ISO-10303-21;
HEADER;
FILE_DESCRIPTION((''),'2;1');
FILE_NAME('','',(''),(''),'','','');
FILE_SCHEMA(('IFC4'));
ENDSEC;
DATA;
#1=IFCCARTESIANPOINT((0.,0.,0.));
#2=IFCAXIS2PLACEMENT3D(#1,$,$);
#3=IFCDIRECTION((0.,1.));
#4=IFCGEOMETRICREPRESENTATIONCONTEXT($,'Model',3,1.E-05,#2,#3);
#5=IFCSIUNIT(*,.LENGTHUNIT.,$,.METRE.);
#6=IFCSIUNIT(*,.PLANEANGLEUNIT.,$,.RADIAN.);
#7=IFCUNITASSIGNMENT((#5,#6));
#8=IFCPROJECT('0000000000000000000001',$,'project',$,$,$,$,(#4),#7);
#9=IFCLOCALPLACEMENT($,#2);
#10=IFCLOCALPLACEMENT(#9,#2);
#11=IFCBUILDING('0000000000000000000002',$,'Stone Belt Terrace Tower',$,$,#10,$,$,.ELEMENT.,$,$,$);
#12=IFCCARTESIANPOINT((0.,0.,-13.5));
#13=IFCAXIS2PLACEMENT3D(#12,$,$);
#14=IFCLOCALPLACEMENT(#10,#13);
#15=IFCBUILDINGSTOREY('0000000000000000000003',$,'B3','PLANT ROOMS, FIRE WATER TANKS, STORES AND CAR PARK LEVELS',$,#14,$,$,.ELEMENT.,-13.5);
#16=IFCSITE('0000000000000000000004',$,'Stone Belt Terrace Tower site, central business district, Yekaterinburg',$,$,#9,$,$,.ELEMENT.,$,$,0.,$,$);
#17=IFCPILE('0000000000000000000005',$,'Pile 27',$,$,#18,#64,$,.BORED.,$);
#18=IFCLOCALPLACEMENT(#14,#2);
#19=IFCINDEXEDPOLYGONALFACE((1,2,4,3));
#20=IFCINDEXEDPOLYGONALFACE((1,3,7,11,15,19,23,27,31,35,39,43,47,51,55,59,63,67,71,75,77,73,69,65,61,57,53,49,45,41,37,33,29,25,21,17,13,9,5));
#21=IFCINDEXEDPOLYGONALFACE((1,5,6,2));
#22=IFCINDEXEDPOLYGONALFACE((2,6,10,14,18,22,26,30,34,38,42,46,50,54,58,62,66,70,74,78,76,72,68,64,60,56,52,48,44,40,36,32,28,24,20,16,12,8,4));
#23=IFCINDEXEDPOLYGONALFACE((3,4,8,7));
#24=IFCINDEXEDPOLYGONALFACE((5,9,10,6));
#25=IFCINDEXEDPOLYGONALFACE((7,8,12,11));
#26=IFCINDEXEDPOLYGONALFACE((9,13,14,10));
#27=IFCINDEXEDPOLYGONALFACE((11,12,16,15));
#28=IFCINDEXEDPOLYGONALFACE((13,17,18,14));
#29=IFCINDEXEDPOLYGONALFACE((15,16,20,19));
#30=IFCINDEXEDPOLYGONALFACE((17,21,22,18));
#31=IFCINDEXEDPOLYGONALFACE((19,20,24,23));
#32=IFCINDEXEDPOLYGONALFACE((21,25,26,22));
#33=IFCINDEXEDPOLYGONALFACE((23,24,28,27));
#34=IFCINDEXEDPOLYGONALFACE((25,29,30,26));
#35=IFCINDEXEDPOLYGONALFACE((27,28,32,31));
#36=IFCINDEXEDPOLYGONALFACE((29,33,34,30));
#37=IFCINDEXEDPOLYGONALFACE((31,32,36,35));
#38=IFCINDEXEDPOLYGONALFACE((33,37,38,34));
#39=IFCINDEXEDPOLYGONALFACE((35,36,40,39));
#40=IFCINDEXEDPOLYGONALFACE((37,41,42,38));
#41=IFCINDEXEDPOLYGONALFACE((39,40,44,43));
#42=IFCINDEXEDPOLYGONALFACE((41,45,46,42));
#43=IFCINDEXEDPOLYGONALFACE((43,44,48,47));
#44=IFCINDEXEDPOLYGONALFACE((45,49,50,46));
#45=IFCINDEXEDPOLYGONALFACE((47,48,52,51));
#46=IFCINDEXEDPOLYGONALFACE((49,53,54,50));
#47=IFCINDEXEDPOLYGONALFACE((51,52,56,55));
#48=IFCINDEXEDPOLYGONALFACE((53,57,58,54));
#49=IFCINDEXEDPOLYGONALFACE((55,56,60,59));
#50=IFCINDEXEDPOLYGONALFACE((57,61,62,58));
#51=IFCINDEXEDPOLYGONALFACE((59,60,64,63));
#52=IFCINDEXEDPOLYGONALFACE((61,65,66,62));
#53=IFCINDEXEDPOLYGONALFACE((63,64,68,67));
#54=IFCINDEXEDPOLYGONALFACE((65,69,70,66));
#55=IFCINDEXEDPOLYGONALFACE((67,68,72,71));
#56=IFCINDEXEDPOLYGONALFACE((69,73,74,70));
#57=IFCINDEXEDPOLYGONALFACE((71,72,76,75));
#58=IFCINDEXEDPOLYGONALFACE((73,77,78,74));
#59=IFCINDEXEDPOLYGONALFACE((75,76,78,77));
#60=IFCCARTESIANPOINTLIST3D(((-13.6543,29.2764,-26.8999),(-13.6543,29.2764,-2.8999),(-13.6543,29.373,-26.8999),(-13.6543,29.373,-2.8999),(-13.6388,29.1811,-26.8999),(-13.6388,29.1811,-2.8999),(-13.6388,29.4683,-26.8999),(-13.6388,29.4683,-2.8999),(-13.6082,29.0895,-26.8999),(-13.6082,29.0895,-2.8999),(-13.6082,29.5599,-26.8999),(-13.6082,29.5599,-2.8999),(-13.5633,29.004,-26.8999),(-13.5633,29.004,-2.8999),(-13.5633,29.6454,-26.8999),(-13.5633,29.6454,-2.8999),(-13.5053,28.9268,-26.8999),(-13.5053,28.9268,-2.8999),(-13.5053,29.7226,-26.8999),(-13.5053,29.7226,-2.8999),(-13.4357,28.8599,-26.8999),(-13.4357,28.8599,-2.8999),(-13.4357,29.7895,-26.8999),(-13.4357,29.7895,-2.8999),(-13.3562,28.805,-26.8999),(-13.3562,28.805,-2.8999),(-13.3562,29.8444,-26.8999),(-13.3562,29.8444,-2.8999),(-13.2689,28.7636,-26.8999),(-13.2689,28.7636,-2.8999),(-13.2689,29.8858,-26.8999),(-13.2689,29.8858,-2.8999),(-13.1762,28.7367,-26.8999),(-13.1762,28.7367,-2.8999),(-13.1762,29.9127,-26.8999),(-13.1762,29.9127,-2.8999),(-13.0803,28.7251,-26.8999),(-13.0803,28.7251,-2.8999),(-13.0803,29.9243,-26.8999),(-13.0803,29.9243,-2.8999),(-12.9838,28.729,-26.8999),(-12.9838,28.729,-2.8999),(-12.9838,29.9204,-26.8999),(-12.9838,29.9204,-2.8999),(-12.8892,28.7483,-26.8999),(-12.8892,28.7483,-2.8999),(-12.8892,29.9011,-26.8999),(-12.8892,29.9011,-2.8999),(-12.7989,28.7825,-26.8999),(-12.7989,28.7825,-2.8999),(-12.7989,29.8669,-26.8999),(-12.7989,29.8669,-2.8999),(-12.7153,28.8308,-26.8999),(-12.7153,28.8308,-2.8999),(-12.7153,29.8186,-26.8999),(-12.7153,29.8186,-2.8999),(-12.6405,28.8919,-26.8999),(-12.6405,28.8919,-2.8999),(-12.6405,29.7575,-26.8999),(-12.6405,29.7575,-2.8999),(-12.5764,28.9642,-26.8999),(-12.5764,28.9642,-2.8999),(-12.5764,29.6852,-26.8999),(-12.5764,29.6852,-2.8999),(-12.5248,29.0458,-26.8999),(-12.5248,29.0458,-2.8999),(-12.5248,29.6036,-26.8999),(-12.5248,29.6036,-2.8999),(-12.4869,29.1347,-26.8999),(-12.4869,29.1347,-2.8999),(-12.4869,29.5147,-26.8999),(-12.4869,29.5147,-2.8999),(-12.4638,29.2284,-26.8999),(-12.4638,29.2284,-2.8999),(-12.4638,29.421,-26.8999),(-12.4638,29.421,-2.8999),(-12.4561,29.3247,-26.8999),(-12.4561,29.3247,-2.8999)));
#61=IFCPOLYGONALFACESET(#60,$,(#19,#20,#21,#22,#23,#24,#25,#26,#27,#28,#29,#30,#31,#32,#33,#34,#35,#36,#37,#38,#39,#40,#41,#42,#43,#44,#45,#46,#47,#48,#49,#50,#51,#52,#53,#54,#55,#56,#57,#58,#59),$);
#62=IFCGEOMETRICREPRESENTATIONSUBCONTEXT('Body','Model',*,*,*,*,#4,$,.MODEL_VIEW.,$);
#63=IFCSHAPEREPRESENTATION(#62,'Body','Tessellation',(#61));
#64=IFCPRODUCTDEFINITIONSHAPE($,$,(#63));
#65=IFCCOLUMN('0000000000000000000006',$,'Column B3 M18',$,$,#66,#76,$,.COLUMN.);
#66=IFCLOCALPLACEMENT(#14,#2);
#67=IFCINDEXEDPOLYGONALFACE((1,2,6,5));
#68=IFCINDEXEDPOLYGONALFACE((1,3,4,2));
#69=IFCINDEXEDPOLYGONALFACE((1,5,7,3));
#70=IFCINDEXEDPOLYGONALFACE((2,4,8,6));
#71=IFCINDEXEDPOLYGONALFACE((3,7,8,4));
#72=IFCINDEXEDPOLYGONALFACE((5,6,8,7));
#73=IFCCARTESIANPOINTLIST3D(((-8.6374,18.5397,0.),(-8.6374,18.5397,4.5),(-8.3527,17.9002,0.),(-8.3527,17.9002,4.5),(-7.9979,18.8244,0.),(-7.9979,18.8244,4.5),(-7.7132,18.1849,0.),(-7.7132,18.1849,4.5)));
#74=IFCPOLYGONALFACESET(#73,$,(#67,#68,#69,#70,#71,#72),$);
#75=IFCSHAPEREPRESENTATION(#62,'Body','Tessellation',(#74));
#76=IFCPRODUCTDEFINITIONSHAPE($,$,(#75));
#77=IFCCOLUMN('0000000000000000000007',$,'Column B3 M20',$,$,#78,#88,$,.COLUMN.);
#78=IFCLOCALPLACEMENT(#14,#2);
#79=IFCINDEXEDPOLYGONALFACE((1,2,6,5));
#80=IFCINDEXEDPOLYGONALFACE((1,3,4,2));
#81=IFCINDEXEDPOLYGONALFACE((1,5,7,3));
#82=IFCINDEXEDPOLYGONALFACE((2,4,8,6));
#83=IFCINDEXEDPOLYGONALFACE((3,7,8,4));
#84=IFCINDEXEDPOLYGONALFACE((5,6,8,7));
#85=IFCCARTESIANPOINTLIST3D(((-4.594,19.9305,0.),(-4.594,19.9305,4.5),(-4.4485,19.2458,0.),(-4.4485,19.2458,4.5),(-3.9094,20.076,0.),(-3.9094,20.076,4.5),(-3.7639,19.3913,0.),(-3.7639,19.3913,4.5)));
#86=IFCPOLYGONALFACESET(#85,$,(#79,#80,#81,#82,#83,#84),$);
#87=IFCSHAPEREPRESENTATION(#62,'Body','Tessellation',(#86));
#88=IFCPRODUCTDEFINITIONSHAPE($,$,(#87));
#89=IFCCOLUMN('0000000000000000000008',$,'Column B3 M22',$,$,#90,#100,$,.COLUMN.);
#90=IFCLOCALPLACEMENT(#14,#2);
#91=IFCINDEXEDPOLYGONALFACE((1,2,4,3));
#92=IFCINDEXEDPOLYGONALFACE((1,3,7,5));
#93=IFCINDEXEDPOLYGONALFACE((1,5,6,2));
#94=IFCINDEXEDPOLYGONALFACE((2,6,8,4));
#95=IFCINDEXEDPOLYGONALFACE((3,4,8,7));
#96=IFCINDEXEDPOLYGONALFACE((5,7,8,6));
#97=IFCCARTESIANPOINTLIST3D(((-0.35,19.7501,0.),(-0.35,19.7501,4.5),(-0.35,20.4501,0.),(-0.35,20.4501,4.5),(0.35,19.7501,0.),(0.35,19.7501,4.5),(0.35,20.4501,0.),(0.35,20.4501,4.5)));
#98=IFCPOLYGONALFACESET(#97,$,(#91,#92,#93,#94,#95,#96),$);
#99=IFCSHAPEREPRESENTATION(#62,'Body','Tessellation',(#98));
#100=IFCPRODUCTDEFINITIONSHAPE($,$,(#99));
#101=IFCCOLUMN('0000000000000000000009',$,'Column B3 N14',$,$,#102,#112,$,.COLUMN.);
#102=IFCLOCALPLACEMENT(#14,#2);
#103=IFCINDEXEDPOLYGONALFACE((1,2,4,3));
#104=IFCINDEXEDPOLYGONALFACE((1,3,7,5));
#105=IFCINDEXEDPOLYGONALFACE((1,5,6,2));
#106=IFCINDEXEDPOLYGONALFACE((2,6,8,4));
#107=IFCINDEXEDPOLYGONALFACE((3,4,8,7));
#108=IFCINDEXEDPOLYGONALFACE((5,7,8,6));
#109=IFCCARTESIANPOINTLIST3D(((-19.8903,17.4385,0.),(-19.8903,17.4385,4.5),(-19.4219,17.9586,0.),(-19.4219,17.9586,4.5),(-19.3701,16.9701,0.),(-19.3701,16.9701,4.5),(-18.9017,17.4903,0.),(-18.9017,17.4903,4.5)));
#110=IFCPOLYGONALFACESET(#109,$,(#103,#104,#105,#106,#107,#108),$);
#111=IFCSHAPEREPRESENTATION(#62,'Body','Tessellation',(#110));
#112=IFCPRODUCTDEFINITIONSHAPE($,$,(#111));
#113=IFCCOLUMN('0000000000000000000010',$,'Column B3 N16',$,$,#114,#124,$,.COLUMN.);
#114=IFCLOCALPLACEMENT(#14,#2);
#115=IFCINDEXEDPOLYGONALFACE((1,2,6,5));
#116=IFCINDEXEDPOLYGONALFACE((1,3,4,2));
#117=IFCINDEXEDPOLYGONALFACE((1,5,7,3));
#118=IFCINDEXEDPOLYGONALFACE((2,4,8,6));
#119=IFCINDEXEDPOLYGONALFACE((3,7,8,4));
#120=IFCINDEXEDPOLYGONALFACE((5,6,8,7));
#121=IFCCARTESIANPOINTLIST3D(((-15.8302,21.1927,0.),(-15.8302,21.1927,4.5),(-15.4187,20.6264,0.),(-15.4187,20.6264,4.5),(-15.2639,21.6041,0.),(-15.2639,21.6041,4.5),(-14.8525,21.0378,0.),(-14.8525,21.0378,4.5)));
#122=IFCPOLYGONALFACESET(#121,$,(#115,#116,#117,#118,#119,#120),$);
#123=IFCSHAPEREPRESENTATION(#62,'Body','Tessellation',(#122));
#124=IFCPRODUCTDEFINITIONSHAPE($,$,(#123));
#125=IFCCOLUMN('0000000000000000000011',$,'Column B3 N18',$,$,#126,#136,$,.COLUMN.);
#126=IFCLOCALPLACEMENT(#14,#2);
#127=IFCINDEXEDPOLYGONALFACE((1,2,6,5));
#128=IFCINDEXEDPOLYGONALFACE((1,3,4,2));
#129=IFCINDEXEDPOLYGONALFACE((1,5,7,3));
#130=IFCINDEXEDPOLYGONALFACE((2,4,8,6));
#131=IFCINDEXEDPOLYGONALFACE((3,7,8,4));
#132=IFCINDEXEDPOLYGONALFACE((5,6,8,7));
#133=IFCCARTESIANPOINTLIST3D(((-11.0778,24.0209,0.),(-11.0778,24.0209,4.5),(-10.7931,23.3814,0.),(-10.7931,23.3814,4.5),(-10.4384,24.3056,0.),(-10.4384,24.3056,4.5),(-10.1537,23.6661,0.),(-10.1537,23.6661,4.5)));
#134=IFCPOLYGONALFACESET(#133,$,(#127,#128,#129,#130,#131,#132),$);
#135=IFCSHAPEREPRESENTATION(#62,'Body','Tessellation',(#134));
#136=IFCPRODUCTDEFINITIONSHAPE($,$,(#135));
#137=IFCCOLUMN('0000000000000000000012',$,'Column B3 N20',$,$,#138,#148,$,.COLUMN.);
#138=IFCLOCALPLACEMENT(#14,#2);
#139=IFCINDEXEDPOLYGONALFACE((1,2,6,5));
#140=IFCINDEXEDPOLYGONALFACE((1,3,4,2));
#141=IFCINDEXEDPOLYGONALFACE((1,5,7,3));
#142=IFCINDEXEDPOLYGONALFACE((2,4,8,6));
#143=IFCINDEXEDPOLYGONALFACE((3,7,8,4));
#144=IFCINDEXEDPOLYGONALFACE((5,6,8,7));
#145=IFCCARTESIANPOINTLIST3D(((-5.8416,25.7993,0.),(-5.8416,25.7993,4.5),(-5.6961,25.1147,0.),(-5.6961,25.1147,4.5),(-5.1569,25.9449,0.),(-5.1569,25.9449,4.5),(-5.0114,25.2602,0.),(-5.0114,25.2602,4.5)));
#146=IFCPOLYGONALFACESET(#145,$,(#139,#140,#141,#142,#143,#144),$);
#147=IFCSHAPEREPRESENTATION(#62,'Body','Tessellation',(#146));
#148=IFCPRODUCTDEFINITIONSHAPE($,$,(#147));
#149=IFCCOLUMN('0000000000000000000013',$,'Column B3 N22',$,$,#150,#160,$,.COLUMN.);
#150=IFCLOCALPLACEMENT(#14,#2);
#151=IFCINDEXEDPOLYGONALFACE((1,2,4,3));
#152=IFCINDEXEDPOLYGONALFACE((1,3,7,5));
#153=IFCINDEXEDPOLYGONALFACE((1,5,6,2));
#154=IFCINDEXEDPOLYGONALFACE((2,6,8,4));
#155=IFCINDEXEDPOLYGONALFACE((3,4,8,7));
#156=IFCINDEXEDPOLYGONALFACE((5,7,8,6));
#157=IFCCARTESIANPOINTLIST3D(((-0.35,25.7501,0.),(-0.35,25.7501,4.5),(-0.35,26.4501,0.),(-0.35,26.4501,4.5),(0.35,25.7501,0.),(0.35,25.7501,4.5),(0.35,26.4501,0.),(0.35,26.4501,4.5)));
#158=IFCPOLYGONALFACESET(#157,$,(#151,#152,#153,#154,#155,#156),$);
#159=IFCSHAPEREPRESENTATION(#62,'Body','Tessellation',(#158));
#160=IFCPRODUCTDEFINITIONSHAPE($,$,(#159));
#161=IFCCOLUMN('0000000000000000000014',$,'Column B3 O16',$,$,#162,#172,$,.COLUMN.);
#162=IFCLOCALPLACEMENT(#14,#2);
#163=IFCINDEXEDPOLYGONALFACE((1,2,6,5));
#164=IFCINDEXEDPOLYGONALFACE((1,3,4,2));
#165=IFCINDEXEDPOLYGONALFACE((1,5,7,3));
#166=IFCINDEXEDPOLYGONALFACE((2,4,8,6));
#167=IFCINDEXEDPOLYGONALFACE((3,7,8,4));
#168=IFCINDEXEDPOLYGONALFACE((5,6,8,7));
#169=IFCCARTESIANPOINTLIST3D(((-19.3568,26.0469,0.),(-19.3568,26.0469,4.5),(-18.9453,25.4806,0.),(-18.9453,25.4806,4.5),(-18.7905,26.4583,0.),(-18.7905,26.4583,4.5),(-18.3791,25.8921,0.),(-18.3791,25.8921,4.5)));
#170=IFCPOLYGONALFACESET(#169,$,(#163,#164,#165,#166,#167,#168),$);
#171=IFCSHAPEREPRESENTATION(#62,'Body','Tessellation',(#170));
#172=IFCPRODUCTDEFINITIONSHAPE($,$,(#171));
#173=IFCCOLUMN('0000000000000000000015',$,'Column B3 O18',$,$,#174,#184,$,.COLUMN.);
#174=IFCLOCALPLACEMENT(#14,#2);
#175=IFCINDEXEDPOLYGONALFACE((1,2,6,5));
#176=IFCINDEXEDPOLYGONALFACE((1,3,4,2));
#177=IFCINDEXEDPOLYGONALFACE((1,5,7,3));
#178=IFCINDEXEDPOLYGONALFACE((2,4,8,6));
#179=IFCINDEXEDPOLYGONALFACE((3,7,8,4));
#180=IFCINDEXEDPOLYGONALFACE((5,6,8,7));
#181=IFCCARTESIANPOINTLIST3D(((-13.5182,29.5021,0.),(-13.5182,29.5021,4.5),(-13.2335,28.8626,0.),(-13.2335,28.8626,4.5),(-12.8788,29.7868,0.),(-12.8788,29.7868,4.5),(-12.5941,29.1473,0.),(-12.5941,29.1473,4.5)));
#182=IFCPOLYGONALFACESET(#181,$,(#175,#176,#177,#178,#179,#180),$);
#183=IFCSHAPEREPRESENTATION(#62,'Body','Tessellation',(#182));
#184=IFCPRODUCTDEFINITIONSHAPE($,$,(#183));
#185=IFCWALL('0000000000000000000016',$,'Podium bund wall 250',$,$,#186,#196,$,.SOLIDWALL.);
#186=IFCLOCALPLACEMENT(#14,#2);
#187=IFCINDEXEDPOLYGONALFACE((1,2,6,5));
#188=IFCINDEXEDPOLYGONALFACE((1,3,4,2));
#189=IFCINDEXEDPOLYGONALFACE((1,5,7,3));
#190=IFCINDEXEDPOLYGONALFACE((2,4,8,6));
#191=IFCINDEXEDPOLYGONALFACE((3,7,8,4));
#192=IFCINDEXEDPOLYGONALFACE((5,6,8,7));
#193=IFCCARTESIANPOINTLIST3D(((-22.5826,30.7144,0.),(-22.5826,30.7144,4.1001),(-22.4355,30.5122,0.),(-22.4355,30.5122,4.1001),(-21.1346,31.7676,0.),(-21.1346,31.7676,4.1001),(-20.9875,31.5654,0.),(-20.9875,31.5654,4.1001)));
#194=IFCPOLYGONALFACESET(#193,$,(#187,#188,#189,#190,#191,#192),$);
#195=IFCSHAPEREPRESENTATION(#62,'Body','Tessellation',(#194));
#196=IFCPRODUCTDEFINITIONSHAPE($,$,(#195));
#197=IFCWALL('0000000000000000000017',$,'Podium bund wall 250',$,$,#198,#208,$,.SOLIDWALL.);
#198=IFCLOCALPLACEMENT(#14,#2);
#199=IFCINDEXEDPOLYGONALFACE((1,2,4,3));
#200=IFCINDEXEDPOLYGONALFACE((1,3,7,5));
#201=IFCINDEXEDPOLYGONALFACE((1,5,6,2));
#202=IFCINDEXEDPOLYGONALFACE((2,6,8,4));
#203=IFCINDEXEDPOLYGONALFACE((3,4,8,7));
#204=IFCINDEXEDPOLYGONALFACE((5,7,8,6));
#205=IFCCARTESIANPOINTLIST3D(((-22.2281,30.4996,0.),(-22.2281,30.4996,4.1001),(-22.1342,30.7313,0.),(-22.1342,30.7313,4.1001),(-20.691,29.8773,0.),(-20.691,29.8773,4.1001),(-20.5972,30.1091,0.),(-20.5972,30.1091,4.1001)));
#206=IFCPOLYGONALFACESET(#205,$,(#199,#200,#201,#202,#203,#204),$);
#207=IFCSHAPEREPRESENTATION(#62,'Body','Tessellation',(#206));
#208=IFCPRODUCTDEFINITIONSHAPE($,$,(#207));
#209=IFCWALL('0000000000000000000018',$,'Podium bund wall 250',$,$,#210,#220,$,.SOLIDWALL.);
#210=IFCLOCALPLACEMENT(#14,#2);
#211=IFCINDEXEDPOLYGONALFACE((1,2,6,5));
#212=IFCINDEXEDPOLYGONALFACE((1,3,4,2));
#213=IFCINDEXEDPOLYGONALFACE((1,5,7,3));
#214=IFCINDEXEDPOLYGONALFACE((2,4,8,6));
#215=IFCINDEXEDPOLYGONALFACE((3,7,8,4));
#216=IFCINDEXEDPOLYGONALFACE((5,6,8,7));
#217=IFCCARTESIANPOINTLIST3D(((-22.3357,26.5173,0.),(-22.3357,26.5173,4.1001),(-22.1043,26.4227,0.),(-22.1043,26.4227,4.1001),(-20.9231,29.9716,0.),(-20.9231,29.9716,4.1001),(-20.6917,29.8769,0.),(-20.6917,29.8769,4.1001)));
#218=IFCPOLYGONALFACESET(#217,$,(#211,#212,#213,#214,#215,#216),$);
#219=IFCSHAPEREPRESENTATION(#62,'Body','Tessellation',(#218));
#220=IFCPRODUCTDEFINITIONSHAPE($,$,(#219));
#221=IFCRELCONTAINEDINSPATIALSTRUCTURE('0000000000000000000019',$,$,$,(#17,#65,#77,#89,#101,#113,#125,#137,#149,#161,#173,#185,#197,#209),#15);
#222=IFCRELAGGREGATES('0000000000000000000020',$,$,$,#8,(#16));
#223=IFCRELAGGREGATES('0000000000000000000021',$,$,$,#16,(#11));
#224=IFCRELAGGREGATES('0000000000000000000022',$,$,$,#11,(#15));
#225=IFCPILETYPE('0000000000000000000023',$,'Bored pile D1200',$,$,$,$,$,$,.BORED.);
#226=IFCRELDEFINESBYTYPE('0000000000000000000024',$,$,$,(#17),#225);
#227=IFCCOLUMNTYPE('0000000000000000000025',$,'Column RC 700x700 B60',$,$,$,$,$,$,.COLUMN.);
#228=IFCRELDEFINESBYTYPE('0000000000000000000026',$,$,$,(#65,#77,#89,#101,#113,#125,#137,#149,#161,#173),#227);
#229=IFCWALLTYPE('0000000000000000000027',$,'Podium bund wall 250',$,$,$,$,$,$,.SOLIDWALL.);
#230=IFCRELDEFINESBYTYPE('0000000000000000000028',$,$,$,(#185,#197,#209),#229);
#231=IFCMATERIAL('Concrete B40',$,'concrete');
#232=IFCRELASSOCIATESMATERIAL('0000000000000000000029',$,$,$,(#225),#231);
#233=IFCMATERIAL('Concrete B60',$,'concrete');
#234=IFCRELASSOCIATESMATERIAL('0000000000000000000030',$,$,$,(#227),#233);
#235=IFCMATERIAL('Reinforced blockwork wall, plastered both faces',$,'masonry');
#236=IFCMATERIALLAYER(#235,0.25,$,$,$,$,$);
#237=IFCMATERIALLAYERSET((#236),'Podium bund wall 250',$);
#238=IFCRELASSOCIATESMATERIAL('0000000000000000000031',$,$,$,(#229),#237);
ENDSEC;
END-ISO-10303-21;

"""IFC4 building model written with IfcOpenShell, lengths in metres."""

from ifc_helpers import new_model, si_unit, direction, frame, frame_2d, origin, origin_2d, place, context, subcontext, project, spatial, rectangle, circle, extrude, material, layer, layer_set, material_profile, profile_set, type_object, element, save


model = new_model("IFC4")

# Units and contexts
model_context = context("Model", 3, precision=1e-05, world=origin(), true_north=direction((0.0, 1.0)))
body_context = subcontext(model_context, "Body", "Model", "MODEL_VIEW")
ifc_project = project(units=[si_unit("LENGTHUNIT", "METRE"), si_unit("PLANEANGLEUNIT", "RADIAN")], contexts=[model_context])

# Site, building, storey
site_placement = place(None, origin())
site = spatial("IfcSite", under=ifc_project, at=site_placement, Name="Stone Belt Terrace Tower site, central business district, Yekaterinburg", CompositionType="ELEMENT", RefElevation=0.0)
building_placement = place(site_placement, origin())
building = spatial("IfcBuilding", under=site, at=building_placement, Name="Stone Belt Terrace Tower", CompositionType="ELEMENT")
storey_placement = place(building_placement, frame((0.0, 0.0, -13.5)))
storey = spatial("IfcBuildingStorey", under=building, at=storey_placement, Name="B3", Description="PLANT ROOMS, FIRE WATER TANKS, STORES AND CAR PARK LEVELS", CompositionType="ELEMENT", Elevation=-13.5)

# Pile
ifc_material_1 = material(Name="Concrete B40", Category="concrete")
ifc_material_profile_1 = material_profile(ifc_material_1, circle(Radius=0.6001, at=origin_2d()), Name="PILE D1200")
ifc_profile_set_1 = profile_set([ifc_material_profile_1], Name="Concrete B40")
pile_type = type_object("IfcPileType", Name="Bored pile D1200", PredefinedType="BORED", material=ifc_profile_set_1)
for number, where, z_axis, x_axis, name in (
    (1, (-13.0562, 29.3247, -2.8999), (0.0, 0.0, -1.0), (1.0, 0.0, 0.0), "Pile 27"),
):
    element("IfcPile", number, at=place(storey_placement, frame(where, z_axis=z_axis, x_axis=x_axis)), inside=storey, type_object=pile_type, Name=name, PredefinedType="BORED", context=body_context, shape_type="SweptSolid", body=[
        extrude(circle(Radius=0.6001, at=origin_2d()), origin(), (0.0, 0.0, 1.0), 24.0),
    ])

# Columns
ifc_material_2 = material(Name="Concrete B60", Category="concrete")
ifc_material_profile_2 = material_profile(ifc_material_2, rectangle(XDim=0.7, YDim=0.7, at=origin_2d()), Name="RC 700x700")
ifc_profile_set_2 = profile_set([ifc_material_profile_2], Name="Concrete B60")
column_type = type_object("IfcColumnType", Name="Column RC 700x700 B60", PredefinedType="COLUMN", material=ifc_profile_set_2)
for number, where, z_axis, x_axis, name in (
    (2, (-8.1753, 18.3623, 0.0), (0.0, 0.0, 1.0), (0.913545, 0.406737, 0.0), "Column B3 M18"),
    (3, (-4.179, 19.6609, 0.0), (0.0, 0.0, 1.0), (0.978148, 0.207912, 0.0), "Column B3 M20"),
    (4, (0.0, 20.1001, 0.0), (0.0, 0.0, 1.0), (1.0, 0.0, 0.0), "Column B3 M22"),
    (5, (-19.396, 17.4644, 0.0), (0.0, 0.0, 1.0), (0.669131, 0.743145, 0.0), "Column B3 N14"),
    (6, (-15.3413, 21.1152, 0.0), (0.0, 0.0, 1.0), (0.809017, 0.587785, 0.0), "Column B3 N16"),
    (7, (-10.6157, 23.8435, 0.0), (0.0, 0.0, 1.0), (0.913545, 0.406737, 0.0), "Column B3 N18"),
    (8, (-5.4265, 25.5298, 0.0), (0.0, 0.0, 1.0), (0.978148, 0.207912, 0.0), "Column B3 N20"),
    (9, (0.0, 26.1001, 0.0), (0.0, 0.0, 1.0), (1.0, 0.0, 0.0), "Column B3 N22"),
    (10, (-18.8679, 25.9695, 0.0), (0.0, 0.0, 1.0), (0.809017, 0.587785, 0.0), "Column B3 O16"),
    (11, (-13.0562, 29.3247, 0.0), (0.0, 0.0, 1.0), (0.913545, 0.406737, 0.0), "Column B3 O18"),
):
    element("IfcColumn", number, at=place(storey_placement, frame(where, z_axis=z_axis, x_axis=x_axis)), inside=storey, type_object=column_type, Name=name, PredefinedType="COLUMN", context=body_context, shape_type="SweptSolid", body=[
        extrude(rectangle(XDim=0.7, YDim=0.7, at=origin_2d()), origin(), (0.0, 0.0, 1.0), 4.5),
    ])

# Walls
ifc_material_3 = material(Name="Reinforced blockwork wall, plastered both faces", Category="masonry")
ifc_layer_1 = layer(ifc_material_3, 0.25)
ifc_layer_set_1 = layer_set([ifc_layer_1], Name="Podium bund wall 250")
wall_type_1 = type_object("IfcWallType", Name="Podium bund wall 250", PredefinedType="SOLIDWALL", material=ifc_layer_set_1)
wall_1_placement = place(storey_placement, frame((-22.509, 30.6133, 0.0), z_axis=(0.0, 0.0, 1.0), x_axis=(0.808701, 0.58822, 0.0)))
element("IfcWall", 12, at=wall_1_placement, inside=storey, type_object=wall_type_1, Name="Podium bund wall 250", PredefinedType="SOLIDWALL", context=body_context, shape_type="SweptSolid", body=[
    extrude(rectangle(XDim=1.7905, YDim=0.25, at=frame_2d((0.8953, 0.0))), origin(), (0.0, 0.0, 1.0), 4.1001),
])
wall_2_placement = place(storey_placement, frame((-22.1812, 30.6155, 0.0), z_axis=(0.0, 0.0, 1.0), x_axis=(0.926915, -0.375271, 0.0)))
element("IfcWall", 13, at=wall_2_placement, inside=storey, type_object=wall_type_1, Name="Podium bund wall 250", PredefinedType="SOLIDWALL", context=body_context, shape_type="SweptSolid", body=[
    extrude(rectangle(XDim=1.6582, YDim=0.25, at=frame_2d((0.8291, 0.0))), origin(), (0.0, 0.0, 1.0), 4.1001),
])
wall_3_placement = place(storey_placement, frame((-22.22, 26.47, 0.0), z_axis=(0.0, 0.0, 1.0), x_axis=(0.378508, 0.925598, 0.0)))
element("IfcWall", 14, at=wall_3_placement, inside=storey, type_object=wall_type_1, Name="Podium bund wall 250", PredefinedType="SOLIDWALL", context=body_context, shape_type="SweptSolid", body=[
    extrude(rectangle(XDim=3.7319, YDim=0.25, at=frame_2d((1.866, 0.0))), origin(), (0.0, 0.0, 1.0), 4.1001),
])

save(model, "model.ifc")
